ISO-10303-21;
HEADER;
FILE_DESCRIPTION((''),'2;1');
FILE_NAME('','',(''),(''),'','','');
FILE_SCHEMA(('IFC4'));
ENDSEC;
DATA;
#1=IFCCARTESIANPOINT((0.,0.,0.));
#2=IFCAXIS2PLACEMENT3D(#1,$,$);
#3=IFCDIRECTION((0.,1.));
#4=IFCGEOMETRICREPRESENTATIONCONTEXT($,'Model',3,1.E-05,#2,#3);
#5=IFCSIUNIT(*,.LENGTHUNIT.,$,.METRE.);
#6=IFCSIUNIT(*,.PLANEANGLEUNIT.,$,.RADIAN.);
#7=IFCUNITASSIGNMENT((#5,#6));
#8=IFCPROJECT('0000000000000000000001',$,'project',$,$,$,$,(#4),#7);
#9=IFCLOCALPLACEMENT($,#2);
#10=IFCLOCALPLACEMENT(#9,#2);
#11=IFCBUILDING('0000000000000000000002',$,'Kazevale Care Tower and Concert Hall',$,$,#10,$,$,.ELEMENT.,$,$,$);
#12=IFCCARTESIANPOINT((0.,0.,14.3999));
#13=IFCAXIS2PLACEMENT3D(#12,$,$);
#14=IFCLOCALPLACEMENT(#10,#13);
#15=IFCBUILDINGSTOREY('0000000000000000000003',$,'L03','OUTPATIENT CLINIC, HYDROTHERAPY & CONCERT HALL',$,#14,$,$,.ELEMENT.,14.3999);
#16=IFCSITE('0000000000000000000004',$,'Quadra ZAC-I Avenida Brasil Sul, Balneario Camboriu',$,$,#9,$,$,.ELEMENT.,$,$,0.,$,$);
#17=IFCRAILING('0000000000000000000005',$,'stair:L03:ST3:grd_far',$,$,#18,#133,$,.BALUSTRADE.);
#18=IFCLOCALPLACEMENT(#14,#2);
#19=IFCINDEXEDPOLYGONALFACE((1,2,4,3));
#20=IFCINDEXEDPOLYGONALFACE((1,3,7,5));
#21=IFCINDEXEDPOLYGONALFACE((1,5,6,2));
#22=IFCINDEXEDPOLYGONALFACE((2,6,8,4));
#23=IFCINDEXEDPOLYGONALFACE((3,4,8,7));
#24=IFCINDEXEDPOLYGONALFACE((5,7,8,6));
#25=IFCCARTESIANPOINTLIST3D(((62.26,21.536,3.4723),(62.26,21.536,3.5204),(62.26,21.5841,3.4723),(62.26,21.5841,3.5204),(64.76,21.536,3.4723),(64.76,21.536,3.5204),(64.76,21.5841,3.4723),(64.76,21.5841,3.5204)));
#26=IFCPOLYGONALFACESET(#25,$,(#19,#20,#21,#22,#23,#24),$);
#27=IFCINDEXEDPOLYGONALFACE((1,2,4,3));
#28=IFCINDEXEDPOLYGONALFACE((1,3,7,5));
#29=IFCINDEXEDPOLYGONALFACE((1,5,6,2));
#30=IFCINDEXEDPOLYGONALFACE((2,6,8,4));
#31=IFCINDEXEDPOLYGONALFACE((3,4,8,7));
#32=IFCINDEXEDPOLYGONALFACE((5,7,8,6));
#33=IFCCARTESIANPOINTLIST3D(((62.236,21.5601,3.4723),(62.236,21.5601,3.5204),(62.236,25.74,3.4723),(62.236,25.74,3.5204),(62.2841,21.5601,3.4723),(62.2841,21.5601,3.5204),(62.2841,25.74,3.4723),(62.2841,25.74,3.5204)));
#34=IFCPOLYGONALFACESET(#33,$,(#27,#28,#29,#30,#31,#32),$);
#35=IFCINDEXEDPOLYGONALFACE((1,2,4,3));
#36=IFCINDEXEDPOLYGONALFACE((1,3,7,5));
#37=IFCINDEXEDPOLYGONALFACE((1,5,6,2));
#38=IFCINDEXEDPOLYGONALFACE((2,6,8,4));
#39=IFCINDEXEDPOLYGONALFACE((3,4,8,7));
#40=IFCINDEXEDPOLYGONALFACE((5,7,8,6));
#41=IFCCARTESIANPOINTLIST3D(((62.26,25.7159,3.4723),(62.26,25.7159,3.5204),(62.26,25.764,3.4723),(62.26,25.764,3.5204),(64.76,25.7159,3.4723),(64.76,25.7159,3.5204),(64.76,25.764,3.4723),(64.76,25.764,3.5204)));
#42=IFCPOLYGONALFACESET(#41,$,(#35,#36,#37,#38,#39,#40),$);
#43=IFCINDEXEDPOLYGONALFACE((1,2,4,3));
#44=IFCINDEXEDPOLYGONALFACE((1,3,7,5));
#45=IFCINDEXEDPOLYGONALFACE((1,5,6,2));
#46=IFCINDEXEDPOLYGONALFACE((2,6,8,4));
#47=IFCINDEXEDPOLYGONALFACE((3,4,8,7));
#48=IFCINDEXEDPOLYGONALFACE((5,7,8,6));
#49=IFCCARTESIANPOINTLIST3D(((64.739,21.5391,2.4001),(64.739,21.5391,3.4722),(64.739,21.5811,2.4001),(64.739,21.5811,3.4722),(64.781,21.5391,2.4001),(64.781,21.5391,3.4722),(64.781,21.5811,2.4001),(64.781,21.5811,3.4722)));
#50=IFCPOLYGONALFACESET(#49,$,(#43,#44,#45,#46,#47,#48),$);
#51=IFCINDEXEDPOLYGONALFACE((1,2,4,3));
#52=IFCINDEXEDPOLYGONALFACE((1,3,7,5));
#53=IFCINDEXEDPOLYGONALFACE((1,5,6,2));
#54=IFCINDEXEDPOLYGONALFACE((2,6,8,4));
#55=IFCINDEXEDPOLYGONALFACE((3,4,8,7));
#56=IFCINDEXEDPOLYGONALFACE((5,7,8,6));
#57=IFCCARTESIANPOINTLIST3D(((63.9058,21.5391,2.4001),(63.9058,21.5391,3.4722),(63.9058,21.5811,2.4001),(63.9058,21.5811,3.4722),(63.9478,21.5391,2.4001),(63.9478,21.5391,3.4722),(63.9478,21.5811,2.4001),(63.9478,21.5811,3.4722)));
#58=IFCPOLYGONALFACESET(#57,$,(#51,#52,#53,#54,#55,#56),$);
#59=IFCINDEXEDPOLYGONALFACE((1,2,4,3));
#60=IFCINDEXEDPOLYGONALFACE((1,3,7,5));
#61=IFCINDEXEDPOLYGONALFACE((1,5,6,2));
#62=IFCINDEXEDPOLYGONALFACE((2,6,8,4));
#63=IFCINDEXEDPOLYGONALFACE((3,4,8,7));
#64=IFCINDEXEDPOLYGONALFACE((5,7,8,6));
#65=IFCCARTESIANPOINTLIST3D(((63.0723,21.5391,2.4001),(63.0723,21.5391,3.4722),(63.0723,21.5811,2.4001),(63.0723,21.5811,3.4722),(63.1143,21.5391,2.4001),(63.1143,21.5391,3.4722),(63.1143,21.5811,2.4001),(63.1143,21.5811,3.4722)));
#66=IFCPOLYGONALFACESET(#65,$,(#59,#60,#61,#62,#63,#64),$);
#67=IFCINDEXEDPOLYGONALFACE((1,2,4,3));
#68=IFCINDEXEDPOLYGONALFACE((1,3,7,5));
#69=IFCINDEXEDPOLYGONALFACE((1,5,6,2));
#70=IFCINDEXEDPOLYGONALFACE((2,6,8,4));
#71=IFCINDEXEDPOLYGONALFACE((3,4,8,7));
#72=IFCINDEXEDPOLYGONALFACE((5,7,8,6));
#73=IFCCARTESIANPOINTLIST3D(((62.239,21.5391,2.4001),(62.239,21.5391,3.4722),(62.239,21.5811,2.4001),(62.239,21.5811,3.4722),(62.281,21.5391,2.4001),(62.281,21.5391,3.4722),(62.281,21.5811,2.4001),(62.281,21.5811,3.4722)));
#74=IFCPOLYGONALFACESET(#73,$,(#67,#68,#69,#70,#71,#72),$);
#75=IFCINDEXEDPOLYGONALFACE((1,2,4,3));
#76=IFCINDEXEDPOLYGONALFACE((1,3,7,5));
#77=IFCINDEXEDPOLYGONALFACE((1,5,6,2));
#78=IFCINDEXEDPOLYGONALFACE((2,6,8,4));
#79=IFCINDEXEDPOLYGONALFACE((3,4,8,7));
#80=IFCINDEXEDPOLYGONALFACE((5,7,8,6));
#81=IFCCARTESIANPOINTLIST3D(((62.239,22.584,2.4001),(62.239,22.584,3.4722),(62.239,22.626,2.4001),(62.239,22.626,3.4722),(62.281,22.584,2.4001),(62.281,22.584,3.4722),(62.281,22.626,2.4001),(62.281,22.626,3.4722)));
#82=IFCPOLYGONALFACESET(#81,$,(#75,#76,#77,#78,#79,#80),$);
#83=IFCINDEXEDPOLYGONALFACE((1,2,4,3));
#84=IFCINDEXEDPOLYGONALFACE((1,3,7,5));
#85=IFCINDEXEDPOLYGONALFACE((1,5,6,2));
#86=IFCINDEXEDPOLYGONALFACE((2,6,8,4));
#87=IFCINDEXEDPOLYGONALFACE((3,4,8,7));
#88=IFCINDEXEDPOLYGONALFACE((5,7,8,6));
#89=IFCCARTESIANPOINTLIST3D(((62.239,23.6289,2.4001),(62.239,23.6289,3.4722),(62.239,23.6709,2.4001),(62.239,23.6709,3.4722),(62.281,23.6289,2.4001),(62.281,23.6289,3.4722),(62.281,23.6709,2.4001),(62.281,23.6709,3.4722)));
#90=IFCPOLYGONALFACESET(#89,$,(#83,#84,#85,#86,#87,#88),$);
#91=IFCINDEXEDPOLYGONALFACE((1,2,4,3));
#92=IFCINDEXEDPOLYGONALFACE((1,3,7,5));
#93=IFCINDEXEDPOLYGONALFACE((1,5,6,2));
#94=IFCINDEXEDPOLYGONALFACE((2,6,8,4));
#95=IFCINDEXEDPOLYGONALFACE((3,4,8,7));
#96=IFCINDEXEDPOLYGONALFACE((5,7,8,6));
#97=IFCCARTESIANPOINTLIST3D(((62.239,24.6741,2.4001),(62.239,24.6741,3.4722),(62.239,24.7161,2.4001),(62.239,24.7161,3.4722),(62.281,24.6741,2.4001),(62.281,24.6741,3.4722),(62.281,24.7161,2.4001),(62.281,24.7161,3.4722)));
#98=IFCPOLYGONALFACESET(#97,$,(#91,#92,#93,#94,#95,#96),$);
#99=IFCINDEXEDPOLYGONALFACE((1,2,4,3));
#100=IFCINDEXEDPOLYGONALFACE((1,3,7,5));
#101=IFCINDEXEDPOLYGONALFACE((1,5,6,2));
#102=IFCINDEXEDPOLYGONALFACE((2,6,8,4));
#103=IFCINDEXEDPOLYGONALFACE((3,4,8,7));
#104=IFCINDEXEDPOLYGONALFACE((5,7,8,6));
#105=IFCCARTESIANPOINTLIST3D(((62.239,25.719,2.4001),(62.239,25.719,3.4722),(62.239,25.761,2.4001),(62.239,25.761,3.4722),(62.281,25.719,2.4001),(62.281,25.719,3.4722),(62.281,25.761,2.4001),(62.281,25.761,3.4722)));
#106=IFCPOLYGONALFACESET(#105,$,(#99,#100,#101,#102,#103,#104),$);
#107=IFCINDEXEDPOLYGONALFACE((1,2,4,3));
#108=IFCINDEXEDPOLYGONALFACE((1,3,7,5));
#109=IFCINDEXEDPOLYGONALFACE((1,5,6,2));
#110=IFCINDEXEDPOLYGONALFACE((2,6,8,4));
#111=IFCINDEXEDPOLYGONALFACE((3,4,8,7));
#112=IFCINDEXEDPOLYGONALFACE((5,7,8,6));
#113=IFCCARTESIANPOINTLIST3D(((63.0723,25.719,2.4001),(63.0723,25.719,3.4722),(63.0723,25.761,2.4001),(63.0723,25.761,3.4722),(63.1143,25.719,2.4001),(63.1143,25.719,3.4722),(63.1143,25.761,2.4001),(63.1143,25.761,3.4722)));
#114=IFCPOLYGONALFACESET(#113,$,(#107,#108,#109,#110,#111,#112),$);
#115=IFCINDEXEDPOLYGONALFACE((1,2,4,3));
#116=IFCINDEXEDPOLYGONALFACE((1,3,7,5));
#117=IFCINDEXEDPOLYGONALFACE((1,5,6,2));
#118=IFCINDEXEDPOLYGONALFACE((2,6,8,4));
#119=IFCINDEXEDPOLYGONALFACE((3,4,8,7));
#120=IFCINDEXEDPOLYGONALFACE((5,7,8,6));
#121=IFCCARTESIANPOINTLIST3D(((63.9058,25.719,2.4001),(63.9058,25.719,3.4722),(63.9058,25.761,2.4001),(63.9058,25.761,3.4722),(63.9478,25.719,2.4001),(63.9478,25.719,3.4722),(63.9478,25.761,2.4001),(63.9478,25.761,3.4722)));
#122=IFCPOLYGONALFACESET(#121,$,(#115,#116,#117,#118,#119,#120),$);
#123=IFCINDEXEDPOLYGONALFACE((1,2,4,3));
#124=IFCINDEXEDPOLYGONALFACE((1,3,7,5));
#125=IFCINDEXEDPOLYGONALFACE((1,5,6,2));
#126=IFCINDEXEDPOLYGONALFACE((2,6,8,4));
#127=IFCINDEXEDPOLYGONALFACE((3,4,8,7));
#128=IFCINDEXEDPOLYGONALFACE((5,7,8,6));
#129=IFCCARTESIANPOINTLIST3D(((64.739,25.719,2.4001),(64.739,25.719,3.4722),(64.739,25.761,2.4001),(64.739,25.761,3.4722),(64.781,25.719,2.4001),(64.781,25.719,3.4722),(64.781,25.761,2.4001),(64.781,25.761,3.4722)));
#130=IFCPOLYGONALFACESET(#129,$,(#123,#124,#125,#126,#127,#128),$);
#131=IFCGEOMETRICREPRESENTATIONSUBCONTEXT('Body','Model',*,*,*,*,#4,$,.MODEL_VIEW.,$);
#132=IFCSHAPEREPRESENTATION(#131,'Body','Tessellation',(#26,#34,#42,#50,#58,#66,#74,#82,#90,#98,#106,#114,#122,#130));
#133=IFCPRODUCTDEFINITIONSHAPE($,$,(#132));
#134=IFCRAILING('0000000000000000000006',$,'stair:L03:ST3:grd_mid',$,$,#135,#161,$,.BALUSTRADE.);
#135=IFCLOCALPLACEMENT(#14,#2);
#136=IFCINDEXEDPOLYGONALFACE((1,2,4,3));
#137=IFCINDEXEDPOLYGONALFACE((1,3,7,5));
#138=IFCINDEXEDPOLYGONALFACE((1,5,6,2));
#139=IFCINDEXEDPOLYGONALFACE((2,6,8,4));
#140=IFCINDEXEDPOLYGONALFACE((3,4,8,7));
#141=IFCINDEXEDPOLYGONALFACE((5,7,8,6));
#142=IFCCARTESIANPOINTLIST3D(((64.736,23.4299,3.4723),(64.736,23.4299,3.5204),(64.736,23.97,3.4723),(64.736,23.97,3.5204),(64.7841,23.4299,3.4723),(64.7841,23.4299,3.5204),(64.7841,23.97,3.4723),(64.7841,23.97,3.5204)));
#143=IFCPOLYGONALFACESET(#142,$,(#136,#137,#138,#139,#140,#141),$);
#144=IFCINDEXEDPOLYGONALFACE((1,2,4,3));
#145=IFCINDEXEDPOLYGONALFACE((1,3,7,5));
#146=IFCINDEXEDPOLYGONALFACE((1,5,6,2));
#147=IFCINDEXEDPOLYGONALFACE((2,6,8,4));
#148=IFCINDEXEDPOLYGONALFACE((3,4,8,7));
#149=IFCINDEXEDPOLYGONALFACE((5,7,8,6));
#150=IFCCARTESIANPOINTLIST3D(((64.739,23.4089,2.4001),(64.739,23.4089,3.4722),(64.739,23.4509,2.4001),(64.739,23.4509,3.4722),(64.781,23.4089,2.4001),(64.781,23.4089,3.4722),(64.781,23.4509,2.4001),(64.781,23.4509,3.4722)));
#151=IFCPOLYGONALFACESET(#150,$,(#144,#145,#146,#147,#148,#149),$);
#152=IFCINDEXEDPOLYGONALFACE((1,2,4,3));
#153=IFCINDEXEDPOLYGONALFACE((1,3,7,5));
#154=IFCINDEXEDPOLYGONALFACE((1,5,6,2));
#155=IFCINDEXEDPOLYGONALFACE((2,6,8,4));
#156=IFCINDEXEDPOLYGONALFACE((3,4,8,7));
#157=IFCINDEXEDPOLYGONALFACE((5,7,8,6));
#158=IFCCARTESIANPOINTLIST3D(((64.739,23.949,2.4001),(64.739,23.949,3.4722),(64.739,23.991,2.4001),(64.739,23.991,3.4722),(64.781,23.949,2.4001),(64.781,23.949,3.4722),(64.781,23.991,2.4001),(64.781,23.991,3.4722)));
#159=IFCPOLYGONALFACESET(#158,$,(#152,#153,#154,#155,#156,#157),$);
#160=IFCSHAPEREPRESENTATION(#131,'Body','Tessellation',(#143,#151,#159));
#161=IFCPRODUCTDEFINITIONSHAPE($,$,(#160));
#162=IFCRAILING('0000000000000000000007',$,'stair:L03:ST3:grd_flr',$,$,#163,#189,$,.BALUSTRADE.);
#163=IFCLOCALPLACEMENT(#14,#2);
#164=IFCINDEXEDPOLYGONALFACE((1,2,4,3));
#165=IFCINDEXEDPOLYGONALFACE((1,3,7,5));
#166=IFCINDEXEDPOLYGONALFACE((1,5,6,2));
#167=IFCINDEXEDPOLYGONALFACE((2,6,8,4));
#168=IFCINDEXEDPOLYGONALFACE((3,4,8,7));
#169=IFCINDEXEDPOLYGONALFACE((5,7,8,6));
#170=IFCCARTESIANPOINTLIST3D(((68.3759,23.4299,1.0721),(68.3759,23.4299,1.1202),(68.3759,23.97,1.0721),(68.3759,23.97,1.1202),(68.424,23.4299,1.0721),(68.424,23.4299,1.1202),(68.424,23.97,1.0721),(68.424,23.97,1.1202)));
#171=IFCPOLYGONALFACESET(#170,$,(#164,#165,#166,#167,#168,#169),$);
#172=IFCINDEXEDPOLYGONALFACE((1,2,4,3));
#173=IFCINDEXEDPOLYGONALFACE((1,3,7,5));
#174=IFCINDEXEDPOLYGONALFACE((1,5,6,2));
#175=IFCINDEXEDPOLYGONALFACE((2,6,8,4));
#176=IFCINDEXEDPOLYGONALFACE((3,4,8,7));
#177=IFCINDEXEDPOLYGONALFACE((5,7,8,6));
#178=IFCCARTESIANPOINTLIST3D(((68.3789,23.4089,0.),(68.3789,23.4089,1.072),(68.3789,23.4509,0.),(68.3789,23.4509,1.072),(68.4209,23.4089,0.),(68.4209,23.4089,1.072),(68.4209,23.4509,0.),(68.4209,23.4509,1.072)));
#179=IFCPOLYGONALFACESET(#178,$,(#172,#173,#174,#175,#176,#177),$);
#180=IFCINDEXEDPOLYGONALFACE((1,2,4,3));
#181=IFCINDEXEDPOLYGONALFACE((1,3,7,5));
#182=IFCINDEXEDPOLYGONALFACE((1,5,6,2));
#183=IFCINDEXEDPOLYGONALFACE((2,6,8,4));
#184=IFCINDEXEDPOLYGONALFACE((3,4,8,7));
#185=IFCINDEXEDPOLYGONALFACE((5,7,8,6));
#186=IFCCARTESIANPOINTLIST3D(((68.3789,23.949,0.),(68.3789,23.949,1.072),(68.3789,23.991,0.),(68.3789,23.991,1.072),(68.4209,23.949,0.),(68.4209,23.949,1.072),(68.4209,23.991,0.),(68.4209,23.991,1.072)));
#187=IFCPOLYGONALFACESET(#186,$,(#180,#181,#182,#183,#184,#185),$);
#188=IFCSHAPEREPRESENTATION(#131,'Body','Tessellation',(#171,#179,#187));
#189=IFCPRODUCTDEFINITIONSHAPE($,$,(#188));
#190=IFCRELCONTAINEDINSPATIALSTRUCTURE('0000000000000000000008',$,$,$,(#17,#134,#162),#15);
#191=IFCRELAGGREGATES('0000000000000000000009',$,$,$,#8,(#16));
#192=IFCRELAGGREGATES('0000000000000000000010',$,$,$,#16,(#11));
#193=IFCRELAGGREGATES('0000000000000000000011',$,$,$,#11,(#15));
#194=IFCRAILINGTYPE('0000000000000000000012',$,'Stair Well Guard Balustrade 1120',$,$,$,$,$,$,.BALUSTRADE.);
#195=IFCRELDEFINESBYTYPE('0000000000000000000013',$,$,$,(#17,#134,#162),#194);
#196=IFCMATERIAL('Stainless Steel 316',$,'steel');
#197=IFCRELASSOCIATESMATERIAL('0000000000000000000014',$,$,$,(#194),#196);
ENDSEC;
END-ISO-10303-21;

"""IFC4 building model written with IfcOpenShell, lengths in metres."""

from ifc_helpers import new_model, si_unit, direction, frame, origin, origin_2d, place, context, subcontext, project, spatial, rectangle, extrude, material, type_object, element, save


model = new_model("IFC4")

# Units and contexts
model_context = context("Model", 3, precision=1e-05, world=origin(), true_north=direction((0.0, 1.0)))
body_context = subcontext(model_context, "Body", "Model", "MODEL_VIEW")
ifc_project = project(units=[si_unit("LENGTHUNIT", "METRE"), si_unit("PLANEANGLEUNIT", "RADIAN")], contexts=[model_context])

# Site, building, storey
site_placement = place(None, origin())
site = spatial("IfcSite", under=ifc_project, at=site_placement, Name="Quadra ZAC-I Avenida Brasil Sul, Balneario Camboriu", CompositionType="ELEMENT", RefElevation=0.0)
building_placement = place(site_placement, origin())
building = spatial("IfcBuilding", under=site, at=building_placement, Name="Kazevale Care Tower and Concert Hall", CompositionType="ELEMENT")
storey_placement = place(building_placement, frame((0.0, 0.0, 14.3999)))
storey = spatial("IfcBuildingStorey", under=building, at=storey_placement, Name="L03", Description="OUTPATIENT CLINIC, HYDROTHERAPY & CONCERT HALL", CompositionType="ELEMENT", Elevation=14.3999)

# Railings
ifc_material_1 = material(Name="Stainless Steel 316", Category="steel")
railing_type_1 = type_object("IfcRailingType", Name="Stair Well Guard Balustrade 1120", PredefinedType="BALUSTRADE", material=ifc_material_1)
railing_1_placement = place(storey_placement, frame((64.76, 21.5601, 2.4001)))
element("IfcRailing", 1, at=railing_1_placement, inside=storey, type_object=railing_type_1, Name="stair:L03:ST3:grd_far", PredefinedType="BALUSTRADE", context=body_context, shape_type="SweptSolid", body=[
    extrude(rectangle(XDim=0.0481, YDim=0.0481, at=origin_2d()), frame((0.0, 0.0, 1.0962), z_axis=(-1.0, 0.0, 0.0), x_axis=(0.0, -1.0, 0.0)), (0.0, 0.0, 1.0), 2.5),
    extrude(rectangle(XDim=0.0481, YDim=0.0481, at=origin_2d()), frame((-2.5, 0.0, 1.0962), z_axis=(0.0, 1.0, 0.0), x_axis=(-1.0, 0.0, 0.0)), (0.0, 0.0, 1.0), 4.1799),
    extrude(rectangle(XDim=0.0481, YDim=0.0481, at=origin_2d()), frame((-2.5, 4.1799, 1.0962), z_axis=(1.0, 0.0, 0.0), x_axis=(0.0, 1.0, 0.0)), (0.0, 0.0, 1.0), 2.5),
    extrude(rectangle(XDim=0.042, YDim=0.042, at=origin_2d()), origin(), (0.0, 0.0, 1.0), 1.072),
    extrude(rectangle(XDim=0.042, YDim=0.042, at=origin_2d()), frame((-0.8333, 0.0, 0.0)), (0.0, 0.0, 1.0), 1.072),
    extrude(rectangle(XDim=0.042, YDim=0.042, at=origin_2d()), frame((-1.6667, 0.0, 0.0)), (0.0, 0.0, 1.0), 1.072),
    extrude(rectangle(XDim=0.042, YDim=0.042, at=origin_2d()), frame((-2.5, 0.0, 0.0)), (0.0, 0.0, 1.0), 1.072),
    extrude(rectangle(XDim=0.042, YDim=0.042, at=origin_2d()), frame((-2.5, 1.0449, 0.0)), (0.0, 0.0, 1.0), 1.072),
    extrude(rectangle(XDim=0.042, YDim=0.042, at=origin_2d()), frame((-2.5, 2.0898, 0.0)), (0.0, 0.0, 1.0), 1.072),
    extrude(rectangle(XDim=0.042, YDim=0.042, at=origin_2d()), frame((-2.5, 3.135, 0.0)), (0.0, 0.0, 1.0), 1.072),
    extrude(rectangle(XDim=0.042, YDim=0.042, at=origin_2d()), frame((-2.5, 4.1799, 0.0)), (0.0, 0.0, 1.0), 1.072),
    extrude(rectangle(XDim=0.042, YDim=0.042, at=origin_2d()), frame((-1.6667, 4.1799, 0.0)), (0.0, 0.0, 1.0), 1.072),
    extrude(rectangle(XDim=0.042, YDim=0.042, at=origin_2d()), frame((-0.8333, 4.1799, 0.0)), (0.0, 0.0, 1.0), 1.072),
    extrude(rectangle(XDim=0.042, YDim=0.042, at=origin_2d()), frame((0.0, 4.1799, 0.0)), (0.0, 0.0, 1.0), 1.072),
])
for number, where, name in (
    (2, (64.76, 23.4299, 2.4001), "stair:L03:ST3:grd_mid"),
    (3, (68.3999, 23.4299, 0.0), "stair:L03:ST3:grd_flr"),
):
    element("IfcRailing", number, at=place(storey_placement, frame(where)), inside=storey, type_object=railing_type_1, Name=name, PredefinedType="BALUSTRADE", context=body_context, shape_type="SweptSolid", body=[
        extrude(rectangle(XDim=0.0481, YDim=0.0481, at=origin_2d()), frame((0.0, 0.0, 1.0962), z_axis=(0.0, 1.0, 0.0), x_axis=(-1.0, 0.0, 0.0)), (0.0, 0.0, 1.0), 0.54),
        extrude(rectangle(XDim=0.042, YDim=0.042, at=origin_2d()), origin(), (0.0, 0.0, 1.0), 1.072),
        extrude(rectangle(XDim=0.042, YDim=0.042, at=origin_2d()), frame((0.0, 0.54, 0.0)), (0.0, 0.0, 1.0), 1.072),
    ])

save(model, "model.ifc")
